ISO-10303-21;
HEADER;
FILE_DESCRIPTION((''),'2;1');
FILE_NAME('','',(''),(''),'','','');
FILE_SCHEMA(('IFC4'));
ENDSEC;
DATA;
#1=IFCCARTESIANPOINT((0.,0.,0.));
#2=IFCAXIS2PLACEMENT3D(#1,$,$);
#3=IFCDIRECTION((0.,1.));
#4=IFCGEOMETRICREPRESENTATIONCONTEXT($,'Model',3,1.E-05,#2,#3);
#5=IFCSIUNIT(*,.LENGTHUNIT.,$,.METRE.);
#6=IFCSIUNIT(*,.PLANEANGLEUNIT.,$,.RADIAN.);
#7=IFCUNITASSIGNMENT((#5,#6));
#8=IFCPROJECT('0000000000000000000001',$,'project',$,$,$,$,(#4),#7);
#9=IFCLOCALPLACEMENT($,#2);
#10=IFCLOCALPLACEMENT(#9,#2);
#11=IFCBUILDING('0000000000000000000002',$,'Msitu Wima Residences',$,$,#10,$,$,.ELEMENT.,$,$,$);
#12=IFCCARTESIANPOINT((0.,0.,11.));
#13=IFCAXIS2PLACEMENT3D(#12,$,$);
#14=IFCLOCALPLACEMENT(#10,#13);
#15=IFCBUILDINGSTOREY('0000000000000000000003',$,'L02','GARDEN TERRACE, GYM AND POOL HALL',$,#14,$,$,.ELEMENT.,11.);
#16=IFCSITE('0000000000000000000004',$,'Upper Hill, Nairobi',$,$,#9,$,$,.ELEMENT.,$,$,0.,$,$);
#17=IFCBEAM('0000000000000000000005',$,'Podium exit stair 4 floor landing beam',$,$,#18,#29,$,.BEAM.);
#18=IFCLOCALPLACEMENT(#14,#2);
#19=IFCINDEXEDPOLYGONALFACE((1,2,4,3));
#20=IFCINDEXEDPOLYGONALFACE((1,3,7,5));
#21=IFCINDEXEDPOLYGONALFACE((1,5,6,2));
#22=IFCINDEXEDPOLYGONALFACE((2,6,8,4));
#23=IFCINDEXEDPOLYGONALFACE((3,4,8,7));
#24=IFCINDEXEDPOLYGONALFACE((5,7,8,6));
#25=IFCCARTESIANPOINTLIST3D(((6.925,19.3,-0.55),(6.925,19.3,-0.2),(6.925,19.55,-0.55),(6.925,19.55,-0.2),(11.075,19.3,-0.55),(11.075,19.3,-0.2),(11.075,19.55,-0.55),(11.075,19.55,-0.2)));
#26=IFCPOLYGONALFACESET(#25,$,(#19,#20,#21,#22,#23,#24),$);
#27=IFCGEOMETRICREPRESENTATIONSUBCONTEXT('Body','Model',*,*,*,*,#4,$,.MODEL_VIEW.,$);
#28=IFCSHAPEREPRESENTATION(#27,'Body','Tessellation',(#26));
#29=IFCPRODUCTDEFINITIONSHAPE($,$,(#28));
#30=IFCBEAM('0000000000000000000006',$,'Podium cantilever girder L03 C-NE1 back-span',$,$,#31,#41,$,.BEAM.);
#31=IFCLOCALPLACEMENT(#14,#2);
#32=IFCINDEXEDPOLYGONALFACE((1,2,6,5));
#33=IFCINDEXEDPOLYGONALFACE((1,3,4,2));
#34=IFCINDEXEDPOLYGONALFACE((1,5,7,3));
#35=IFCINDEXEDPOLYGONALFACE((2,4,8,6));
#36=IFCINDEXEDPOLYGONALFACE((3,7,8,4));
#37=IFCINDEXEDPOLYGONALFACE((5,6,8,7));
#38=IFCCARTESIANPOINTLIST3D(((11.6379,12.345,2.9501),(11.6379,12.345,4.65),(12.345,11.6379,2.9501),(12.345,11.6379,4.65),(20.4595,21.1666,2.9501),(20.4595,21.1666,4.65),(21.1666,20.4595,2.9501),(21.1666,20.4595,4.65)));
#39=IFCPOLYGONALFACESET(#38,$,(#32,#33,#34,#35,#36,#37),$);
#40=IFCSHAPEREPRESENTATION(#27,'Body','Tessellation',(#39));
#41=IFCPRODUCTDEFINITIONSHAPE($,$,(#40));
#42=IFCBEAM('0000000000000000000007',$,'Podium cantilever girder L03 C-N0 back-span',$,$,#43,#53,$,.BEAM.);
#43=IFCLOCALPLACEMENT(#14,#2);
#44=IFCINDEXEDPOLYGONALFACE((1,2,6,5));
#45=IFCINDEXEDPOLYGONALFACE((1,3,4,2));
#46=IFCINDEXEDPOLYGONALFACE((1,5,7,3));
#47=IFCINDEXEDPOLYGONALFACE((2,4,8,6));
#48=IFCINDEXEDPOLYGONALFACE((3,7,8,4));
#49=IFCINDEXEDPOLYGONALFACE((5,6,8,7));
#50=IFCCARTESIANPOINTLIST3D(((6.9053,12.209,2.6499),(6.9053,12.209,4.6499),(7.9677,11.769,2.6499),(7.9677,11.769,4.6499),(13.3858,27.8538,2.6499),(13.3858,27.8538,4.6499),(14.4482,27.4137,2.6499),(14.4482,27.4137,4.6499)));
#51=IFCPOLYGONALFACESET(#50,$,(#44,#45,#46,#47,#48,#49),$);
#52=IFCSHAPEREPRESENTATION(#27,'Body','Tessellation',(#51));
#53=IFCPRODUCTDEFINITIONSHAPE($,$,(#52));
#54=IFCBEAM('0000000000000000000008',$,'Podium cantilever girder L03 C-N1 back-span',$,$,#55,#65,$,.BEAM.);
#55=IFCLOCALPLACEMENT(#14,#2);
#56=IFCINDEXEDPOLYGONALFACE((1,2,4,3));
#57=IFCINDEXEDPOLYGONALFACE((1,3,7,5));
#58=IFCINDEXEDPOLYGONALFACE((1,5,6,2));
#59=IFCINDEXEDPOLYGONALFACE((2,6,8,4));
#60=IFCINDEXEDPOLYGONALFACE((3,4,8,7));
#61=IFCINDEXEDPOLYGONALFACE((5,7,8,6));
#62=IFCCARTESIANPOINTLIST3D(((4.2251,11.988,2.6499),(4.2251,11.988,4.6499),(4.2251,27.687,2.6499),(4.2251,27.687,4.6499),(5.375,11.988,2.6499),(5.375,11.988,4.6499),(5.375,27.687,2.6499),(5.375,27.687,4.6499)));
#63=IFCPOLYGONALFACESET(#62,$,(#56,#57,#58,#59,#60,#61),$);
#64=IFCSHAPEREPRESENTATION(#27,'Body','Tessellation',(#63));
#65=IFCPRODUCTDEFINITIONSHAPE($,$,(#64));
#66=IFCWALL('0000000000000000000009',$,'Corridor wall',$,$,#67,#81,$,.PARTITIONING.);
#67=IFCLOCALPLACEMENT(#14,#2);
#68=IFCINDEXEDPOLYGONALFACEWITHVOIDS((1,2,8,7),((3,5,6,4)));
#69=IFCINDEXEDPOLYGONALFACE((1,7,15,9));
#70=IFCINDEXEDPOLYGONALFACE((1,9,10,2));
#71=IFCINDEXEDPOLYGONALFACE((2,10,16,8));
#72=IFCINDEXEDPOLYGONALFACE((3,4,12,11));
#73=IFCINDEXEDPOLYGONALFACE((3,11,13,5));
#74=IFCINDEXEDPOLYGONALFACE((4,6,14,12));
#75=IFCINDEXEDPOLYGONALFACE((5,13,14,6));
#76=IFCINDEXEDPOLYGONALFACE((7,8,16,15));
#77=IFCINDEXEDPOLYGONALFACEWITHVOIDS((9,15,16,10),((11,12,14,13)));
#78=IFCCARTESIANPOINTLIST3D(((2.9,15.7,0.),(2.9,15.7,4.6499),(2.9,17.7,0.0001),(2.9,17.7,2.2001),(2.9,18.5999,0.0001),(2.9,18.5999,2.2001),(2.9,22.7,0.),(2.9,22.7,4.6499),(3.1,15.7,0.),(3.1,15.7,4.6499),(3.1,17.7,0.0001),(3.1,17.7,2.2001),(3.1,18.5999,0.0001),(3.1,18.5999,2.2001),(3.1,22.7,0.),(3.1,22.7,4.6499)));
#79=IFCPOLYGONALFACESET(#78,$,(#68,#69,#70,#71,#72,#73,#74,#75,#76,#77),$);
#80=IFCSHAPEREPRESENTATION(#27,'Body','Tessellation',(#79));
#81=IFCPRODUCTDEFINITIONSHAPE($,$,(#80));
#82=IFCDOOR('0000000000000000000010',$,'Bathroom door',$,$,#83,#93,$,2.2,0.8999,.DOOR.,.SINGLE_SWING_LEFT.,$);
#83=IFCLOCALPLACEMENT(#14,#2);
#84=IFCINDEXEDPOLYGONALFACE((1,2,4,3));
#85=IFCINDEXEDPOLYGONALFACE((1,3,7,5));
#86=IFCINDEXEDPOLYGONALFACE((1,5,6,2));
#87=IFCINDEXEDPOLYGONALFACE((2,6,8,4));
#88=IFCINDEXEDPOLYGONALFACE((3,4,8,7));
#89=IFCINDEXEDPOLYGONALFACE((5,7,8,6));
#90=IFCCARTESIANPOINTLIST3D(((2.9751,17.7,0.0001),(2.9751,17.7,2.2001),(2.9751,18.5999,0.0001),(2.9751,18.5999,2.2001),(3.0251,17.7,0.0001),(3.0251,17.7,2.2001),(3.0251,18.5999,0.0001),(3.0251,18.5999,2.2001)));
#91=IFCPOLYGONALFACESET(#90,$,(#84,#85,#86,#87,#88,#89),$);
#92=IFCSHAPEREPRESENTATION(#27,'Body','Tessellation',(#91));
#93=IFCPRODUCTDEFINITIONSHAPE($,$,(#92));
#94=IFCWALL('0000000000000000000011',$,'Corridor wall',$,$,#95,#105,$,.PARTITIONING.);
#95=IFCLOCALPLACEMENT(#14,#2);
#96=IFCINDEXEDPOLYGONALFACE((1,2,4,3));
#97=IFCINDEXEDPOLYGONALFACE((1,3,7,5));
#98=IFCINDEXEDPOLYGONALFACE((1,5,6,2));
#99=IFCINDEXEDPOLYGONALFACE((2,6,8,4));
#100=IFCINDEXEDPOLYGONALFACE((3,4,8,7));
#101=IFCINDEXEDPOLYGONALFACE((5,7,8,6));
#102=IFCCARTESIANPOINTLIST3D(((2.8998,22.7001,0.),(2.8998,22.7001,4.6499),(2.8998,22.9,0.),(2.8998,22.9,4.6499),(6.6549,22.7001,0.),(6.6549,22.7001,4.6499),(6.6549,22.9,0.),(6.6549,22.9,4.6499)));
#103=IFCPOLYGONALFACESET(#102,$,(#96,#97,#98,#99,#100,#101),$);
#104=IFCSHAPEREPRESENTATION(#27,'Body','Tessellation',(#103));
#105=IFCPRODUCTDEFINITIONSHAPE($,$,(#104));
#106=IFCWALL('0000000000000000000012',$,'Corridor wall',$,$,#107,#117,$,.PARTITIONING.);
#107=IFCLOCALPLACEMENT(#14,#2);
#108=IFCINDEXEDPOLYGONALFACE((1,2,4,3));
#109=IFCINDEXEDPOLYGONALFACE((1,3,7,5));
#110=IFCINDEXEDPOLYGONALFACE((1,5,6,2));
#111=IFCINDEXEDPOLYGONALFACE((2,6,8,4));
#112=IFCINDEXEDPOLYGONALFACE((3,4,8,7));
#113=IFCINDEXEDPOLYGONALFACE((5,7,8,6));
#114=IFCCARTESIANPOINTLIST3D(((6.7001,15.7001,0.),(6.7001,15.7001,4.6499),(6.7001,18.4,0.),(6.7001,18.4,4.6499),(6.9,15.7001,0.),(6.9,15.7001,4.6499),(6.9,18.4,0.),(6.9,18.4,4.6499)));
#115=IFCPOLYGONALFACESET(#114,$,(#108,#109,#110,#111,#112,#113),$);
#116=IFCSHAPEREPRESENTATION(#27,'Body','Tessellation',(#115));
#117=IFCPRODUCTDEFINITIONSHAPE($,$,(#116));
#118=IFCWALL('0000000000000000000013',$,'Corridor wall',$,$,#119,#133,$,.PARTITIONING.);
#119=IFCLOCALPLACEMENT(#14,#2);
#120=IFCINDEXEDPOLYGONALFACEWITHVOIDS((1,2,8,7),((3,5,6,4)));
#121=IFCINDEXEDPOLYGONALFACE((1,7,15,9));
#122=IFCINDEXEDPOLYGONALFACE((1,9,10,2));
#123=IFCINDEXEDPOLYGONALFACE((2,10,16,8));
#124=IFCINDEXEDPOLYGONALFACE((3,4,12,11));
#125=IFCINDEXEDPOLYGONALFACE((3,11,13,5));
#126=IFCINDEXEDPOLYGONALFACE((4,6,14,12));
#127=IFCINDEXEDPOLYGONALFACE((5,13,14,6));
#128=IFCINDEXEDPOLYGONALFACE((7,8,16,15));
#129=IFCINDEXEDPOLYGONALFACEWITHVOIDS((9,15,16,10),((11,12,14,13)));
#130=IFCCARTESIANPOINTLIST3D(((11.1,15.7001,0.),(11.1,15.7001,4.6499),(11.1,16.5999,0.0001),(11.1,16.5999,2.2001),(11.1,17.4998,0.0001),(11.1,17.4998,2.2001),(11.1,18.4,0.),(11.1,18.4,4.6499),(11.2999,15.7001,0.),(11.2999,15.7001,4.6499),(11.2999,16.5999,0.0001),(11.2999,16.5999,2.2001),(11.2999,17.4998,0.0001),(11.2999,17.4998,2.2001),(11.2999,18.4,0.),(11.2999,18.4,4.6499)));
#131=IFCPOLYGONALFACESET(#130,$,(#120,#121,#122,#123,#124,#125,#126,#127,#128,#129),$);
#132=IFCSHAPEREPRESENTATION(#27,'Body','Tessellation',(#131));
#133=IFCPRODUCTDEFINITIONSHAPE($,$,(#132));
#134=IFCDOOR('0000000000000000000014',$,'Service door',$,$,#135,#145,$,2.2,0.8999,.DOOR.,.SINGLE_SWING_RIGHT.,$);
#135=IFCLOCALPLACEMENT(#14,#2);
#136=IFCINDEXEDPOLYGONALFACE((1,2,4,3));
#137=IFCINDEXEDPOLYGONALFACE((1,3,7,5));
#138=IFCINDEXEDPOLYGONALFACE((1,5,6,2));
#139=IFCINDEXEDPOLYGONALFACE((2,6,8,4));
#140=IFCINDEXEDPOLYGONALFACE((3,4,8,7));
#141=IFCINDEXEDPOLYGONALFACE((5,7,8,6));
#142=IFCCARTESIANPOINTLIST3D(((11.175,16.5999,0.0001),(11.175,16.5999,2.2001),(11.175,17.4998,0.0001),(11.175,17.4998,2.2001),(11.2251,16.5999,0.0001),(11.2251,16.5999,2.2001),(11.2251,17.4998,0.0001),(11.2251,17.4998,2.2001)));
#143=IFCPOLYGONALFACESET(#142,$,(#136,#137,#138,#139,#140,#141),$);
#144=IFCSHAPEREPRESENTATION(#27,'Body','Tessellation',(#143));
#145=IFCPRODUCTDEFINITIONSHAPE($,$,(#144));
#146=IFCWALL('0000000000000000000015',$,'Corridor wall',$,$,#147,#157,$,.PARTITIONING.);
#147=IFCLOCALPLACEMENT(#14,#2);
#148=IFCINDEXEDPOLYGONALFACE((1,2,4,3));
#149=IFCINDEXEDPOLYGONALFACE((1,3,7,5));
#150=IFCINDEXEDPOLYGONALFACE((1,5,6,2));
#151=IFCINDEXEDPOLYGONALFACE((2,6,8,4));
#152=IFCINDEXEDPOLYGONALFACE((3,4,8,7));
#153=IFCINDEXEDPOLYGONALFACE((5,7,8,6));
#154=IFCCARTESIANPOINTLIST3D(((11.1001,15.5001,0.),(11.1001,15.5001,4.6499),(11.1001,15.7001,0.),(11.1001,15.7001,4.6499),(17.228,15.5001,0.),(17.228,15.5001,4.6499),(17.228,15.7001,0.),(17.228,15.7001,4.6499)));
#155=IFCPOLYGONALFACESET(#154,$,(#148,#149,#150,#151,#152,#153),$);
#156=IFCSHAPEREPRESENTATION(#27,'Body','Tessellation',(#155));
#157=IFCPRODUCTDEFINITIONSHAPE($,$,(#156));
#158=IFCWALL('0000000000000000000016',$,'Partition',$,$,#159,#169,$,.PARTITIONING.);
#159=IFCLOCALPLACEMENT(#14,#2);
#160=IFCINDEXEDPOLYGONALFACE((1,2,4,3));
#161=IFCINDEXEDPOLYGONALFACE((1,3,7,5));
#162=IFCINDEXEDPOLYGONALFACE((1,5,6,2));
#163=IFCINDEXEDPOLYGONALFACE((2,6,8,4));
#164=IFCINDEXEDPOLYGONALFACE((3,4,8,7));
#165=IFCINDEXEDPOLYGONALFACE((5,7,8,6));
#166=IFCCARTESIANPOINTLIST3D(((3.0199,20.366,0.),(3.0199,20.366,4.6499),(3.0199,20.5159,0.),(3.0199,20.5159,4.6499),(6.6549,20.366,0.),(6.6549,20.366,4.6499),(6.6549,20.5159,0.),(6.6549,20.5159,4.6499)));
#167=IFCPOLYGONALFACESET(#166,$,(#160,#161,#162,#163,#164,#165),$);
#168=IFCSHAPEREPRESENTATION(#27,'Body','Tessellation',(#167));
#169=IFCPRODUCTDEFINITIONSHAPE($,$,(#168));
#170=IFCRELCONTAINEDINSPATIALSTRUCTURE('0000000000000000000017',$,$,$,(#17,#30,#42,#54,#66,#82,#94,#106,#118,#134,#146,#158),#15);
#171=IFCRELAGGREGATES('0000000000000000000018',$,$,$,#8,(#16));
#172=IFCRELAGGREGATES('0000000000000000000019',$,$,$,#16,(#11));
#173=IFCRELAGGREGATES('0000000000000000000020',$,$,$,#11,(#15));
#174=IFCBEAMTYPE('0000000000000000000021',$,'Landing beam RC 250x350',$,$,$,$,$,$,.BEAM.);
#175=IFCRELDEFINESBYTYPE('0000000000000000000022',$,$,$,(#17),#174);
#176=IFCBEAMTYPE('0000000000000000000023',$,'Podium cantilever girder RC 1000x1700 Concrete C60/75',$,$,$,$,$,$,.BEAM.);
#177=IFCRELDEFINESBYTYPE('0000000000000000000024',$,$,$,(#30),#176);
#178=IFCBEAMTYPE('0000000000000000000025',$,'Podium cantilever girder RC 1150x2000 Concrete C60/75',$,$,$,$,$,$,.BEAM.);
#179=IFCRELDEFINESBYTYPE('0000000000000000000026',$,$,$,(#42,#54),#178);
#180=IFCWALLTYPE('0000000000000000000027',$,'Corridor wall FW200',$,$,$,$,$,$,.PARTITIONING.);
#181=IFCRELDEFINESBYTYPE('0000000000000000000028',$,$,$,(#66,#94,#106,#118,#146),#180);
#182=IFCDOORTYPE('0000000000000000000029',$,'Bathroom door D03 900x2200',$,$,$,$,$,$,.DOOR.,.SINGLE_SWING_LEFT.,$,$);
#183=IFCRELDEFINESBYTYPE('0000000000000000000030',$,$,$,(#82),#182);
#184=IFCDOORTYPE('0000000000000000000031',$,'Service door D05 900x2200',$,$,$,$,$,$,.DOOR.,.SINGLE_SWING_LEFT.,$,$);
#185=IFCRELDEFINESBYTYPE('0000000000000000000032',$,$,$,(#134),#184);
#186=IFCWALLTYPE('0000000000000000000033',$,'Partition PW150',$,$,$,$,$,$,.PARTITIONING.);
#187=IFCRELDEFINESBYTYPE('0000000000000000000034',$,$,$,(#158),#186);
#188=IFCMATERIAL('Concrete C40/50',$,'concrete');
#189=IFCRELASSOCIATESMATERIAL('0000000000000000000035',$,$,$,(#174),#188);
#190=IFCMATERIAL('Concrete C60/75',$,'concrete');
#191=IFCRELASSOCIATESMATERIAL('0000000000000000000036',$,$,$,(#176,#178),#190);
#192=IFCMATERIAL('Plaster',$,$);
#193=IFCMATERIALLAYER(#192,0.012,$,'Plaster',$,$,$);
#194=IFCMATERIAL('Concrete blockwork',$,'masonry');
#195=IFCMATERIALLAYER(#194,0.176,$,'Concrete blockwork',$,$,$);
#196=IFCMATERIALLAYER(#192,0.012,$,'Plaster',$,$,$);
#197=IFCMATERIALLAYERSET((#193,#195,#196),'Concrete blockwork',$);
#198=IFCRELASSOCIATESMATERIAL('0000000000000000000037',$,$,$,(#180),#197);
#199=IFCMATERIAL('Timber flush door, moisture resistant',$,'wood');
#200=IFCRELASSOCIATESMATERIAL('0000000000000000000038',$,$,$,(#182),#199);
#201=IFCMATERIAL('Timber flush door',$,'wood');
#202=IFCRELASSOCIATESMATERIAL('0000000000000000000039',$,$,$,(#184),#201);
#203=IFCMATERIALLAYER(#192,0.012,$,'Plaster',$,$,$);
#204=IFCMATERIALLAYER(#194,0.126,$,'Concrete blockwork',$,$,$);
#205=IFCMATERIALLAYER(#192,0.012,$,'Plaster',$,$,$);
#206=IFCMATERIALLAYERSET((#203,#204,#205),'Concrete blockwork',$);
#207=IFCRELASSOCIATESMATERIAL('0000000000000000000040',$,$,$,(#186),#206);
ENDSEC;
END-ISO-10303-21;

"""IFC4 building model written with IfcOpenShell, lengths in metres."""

from ifc_helpers import new_model, si_unit, direction, frame, frame_2d, origin, origin_2d, place, context, subcontext, project, spatial, rectangle, extrude, material, layer, layer_set, material_profile, profile_set, type_object, element, fill, save


model = new_model("IFC4")

# Units and contexts
model_context = context("Model", 3, precision=1e-05, world=origin(), true_north=direction((0.0, 1.0)))
body_context = subcontext(model_context, "Body", "Model", "MODEL_VIEW")
ifc_project = project(units=[si_unit("LENGTHUNIT", "METRE"), si_unit("PLANEANGLEUNIT", "RADIAN")], contexts=[model_context])

# Site, building, storey
site_placement = place(None, origin())
site = spatial("IfcSite", under=ifc_project, at=site_placement, Name="Upper Hill, Nairobi", CompositionType="ELEMENT", RefElevation=0.0)
building_placement = place(site_placement, origin())
building = spatial("IfcBuilding", under=site, at=building_placement, Name="Msitu Wima Residences", CompositionType="ELEMENT")
storey_placement = place(building_placement, frame((0.0, 0.0, 11.0)))
storey = spatial("IfcBuildingStorey", under=building, at=storey_placement, Name="L02", Description="GARDEN TERRACE, GYM AND POOL HALL", CompositionType="ELEMENT", Elevation=11.0)

# Beams
ifc_material_1 = material(Name="Concrete C40/50", Category="concrete")
ifc_material_profile_1 = material_profile(ifc_material_1, rectangle(XDim=0.25, YDim=0.3501, at=origin_2d()), Name="RC 250x350")
ifc_profile_set_1 = profile_set([ifc_material_profile_1], Name="Concrete C40/50")
beam_type_1 = type_object("IfcBeamType", Name="Landing beam RC 250x350", PredefinedType="BEAM", material=ifc_profile_set_1)
beam_1_placement = place(storey_placement, frame((6.925, 19.425, -0.375), z_axis=(1.0, 0.0, 0.0), x_axis=(0.0, 1.0, 0.0)))
element("IfcBeam", 1, at=beam_1_placement, inside=storey, type_object=beam_type_1, Name="Podium exit stair 4 floor landing beam", PredefinedType="BEAM", context=body_context, shape_type="SweptSolid", body=[
    extrude(rectangle(XDim=0.25, YDim=0.3501, at=origin_2d()), origin(), (0.0, 0.0, 1.0), 4.1499),
])
ifc_material_2 = material(Name="Concrete C60/75", Category="concrete")
ifc_material_profile_2 = material_profile(ifc_material_2, rectangle(XDim=1.0, YDim=1.7, at=origin_2d()), Name="RC 1000x1700")
ifc_profile_set_2 = profile_set([ifc_material_profile_2], Name="Concrete C60/75")
beam_type_2 = type_object("IfcBeamType", Name="Podium cantilever girder RC 1000x1700 Concrete C60/75", PredefinedType="BEAM", material=ifc_profile_set_2)
beam_2_placement = place(storey_placement, frame((11.9915, 11.9915, 3.8), z_axis=(0.707107, 0.707107, 0.0), x_axis=(-0.707107, 0.707107, 0.0)))
element("IfcBeam", 2, at=beam_2_placement, inside=storey, type_object=beam_type_2, Name="Podium cantilever girder L03 C-NE1 back-span", PredefinedType="BEAM", context=body_context, shape_type="SweptSolid", body=[
    extrude(rectangle(XDim=1.0, YDim=1.7, at=origin_2d()), origin(), (0.0, 0.0, 1.0), 12.4756),
])
ifc_material_profile_3 = material_profile(ifc_material_2, rectangle(XDim=1.1499, YDim=2.0, at=origin_2d()), Name="RC 1150x2000")
ifc_profile_set_3 = profile_set([ifc_material_profile_3], Name="Concrete C60/75")
beam_type_3 = type_object("IfcBeamType", Name="Podium cantilever girder RC 1150x2000 Concrete C60/75", PredefinedType="BEAM", material=ifc_profile_set_3)
beam_3_placement = place(storey_placement, frame((7.4365, 11.989, 3.6499), z_axis=(0.382693, 0.923876, 0.0), x_axis=(-0.923876, 0.382693, 0.0)))
element("IfcBeam", 3, at=beam_3_placement, inside=storey, type_object=beam_type_3, Name="Podium cantilever girder L03 C-N0 back-span", PredefinedType="BEAM", context=body_context, shape_type="SweptSolid", body=[
    extrude(rectangle(XDim=1.1499, YDim=2.0, at=origin_2d()), origin(), (0.0, 0.0, 1.0), 16.9338),
])
beam_4_placement = place(storey_placement, frame((4.8, 11.988, 3.6499), z_axis=(0.0, 1.0, 0.0), x_axis=(-1.0, 0.0, 0.0)))
element("IfcBeam", 4, at=beam_4_placement, inside=storey, type_object=beam_type_3, Name="Podium cantilever girder L03 C-N1 back-span", PredefinedType="BEAM", context=body_context, shape_type="SweptSolid", body=[
    extrude(rectangle(XDim=1.1499, YDim=2.0, at=origin_2d()), origin(), (0.0, 0.0, 1.0), 15.699),
])

# Wall, opening, door
ifc_material_3 = material(Name="Plaster")
ifc_layer_1 = layer(ifc_material_3, 0.012, Name="Plaster")
ifc_material_4 = material(Name="Concrete blockwork", Category="masonry")
ifc_layer_2 = layer(ifc_material_4, 0.176, Name="Concrete blockwork")
ifc_layer_3 = layer(ifc_material_3, 0.012, Name="Plaster")
ifc_layer_set_1 = layer_set([ifc_layer_1, ifc_layer_2, ifc_layer_3], Name="Concrete blockwork")
wall_type_1 = type_object("IfcWallType", Name="Corridor wall FW200", PredefinedType="PARTITIONING", material=ifc_layer_set_1)
wall_1_placement = place(storey_placement, frame((3.0, 15.7, 0.0), z_axis=(0.0, 0.0, 1.0), x_axis=(0.0, 1.0, 0.0)))
wall_1 = element("IfcWall", 5, at=wall_1_placement, inside=storey, type_object=wall_type_1, Name="Corridor wall", PredefinedType="PARTITIONING", context=body_context, shape_type="SweptSolid", body=[
    extrude(rectangle(XDim=7.0, YDim=0.2, at=frame_2d((3.5, 0.0))), origin(), (0.0, 0.0, 1.0), 4.6499),
])
opening_1_placement = place(wall_1_placement, frame((2.0, 0.0, 0.0)))
opening_1 = element("IfcOpeningElement", 6, at=opening_1_placement, cuts=wall_1, PredefinedType="OPENING", context=body_context, shape_type="SweptSolid", body=[
    extrude(rectangle(XDim=0.8999, YDim=2.2, at=frame_2d((0.45, 1.1001))), frame((0.0, 0.1099, 0.0), z_axis=(0.0, -1.0, 0.0), x_axis=(1.0, 0.0, 0.0)), (0.0, 0.0, 1.0), 0.22),
])
ifc_material_5 = material(Name="Timber flush door, moisture resistant", Category="wood")
door_type_1 = type_object("IfcDoorType", Name="Bathroom door D03 900x2200", OperationType="SINGLE_SWING_LEFT", PredefinedType="DOOR", material=ifc_material_5)
door_1_placement = place(opening_1_placement, origin())
door_1 = element("IfcDoor", 7, at=door_1_placement, inside=storey, type_object=door_type_1, Name="Bathroom door", OperationType="SINGLE_SWING_LEFT", OverallHeight=2.2, OverallWidth=0.8999, PredefinedType="DOOR", context=body_context, shape_type="SweptSolid", body=[
    extrude(rectangle(XDim=0.8999, YDim=2.2, at=frame_2d((0.45, 1.1001))), frame((0.0, 0.0249, 0.0), z_axis=(0.0, -1.0, 0.0), x_axis=(1.0, 0.0, 0.0)), (0.0, 0.0, 1.0), 0.05),
])
fill(opening_1, door_1)

# Walls
wall_2_placement = place(storey_placement, frame((2.8999, 22.8, 0.0), z_axis=(0.0, 0.0, 1.0), x_axis=(1.0, 0.0, 0.0)))
element("IfcWall", 8, at=wall_2_placement, inside=storey, type_object=wall_type_1, Name="Corridor wall", PredefinedType="PARTITIONING", context=body_context, shape_type="SweptSolid", body=[
    extrude(rectangle(XDim=3.7551, YDim=0.2, at=frame_2d((1.8774, 0.0))), origin(), (0.0, 0.0, 1.0), 4.6499),
])
wall_3_placement = place(storey_placement, frame((6.8, 15.7, 0.0), z_axis=(0.0, 0.0, 1.0), x_axis=(0.0, 1.0, 0.0)))
element("IfcWall", 9, at=wall_3_placement, inside=storey, type_object=wall_type_1, Name="Corridor wall", PredefinedType="PARTITIONING", context=body_context, shape_type="SweptSolid", body=[
    extrude(rectangle(XDim=2.7, YDim=0.2, at=frame_2d((1.3501, 0.0))), origin(), (0.0, 0.0, 1.0), 4.6499),
])

# Wall, opening, door
wall_4_placement = place(storey_placement, frame((11.2, 15.7, 0.0), z_axis=(0.0, 0.0, 1.0), x_axis=(0.0, 1.0, 0.0)))
wall_4 = element("IfcWall", 10, at=wall_4_placement, inside=storey, type_object=wall_type_1, Name="Corridor wall", PredefinedType="PARTITIONING", context=body_context, shape_type="SweptSolid", body=[
    extrude(rectangle(XDim=2.7, YDim=0.2, at=frame_2d((1.3501, 0.0))), origin(), (0.0, 0.0, 1.0), 4.6499),
])
opening_2_placement = place(wall_4_placement, frame((0.8999, 0.0, 0.0)))
opening_2 = element("IfcOpeningElement", 11, at=opening_2_placement, cuts=wall_4, PredefinedType="OPENING", context=body_context, shape_type="SweptSolid", body=[
    extrude(rectangle(XDim=0.8999, YDim=2.2, at=frame_2d((0.45, 1.1001))), frame((0.0, 0.1099, 0.0), z_axis=(0.0, -1.0, 0.0), x_axis=(1.0, 0.0, 0.0)), (0.0, 0.0, 1.0), 0.22),
])
ifc_material_6 = material(Name="Timber flush door", Category="wood")
door_type_2 = type_object("IfcDoorType", Name="Service door D05 900x2200", OperationType="SINGLE_SWING_LEFT", PredefinedType="DOOR", material=ifc_material_6)
door_2_placement = place(opening_2_placement, origin())
door_2 = element("IfcDoor", 12, at=door_2_placement, inside=storey, type_object=door_type_2, Name="Service door", OperationType="SINGLE_SWING_RIGHT", OverallHeight=2.2, OverallWidth=0.8999, PredefinedType="DOOR", context=body_context, shape_type="SweptSolid", body=[
    extrude(rectangle(XDim=0.8999, YDim=2.2, at=frame_2d((0.45, 1.1001))), frame((0.0, 0.0249, 0.0), z_axis=(0.0, -1.0, 0.0), x_axis=(1.0, 0.0, 0.0)), (0.0, 0.0, 1.0), 0.05),
])
fill(opening_2, door_2)

# Walls
wall_5_placement = place(storey_placement, frame((11.1001, 15.6001, 0.0), z_axis=(0.0, 0.0, 1.0), x_axis=(1.0, 0.0, 0.0)))
element("IfcWall", 13, at=wall_5_placement, inside=storey, type_object=wall_type_1, Name="Corridor wall", PredefinedType="PARTITIONING", context=body_context, shape_type="SweptSolid", body=[
    extrude(rectangle(XDim=6.1279, YDim=0.2, at=frame_2d((3.064, 0.0))), origin(), (0.0, 0.0, 1.0), 4.6499),
])
ifc_layer_4 = layer(ifc_material_3, 0.012, Name="Plaster")
ifc_layer_5 = layer(ifc_material_4, 0.126, Name="Concrete blockwork")
ifc_layer_6 = layer(ifc_material_3, 0.012, Name="Plaster")
ifc_layer_set_2 = layer_set([ifc_layer_4, ifc_layer_5, ifc_layer_6], Name="Concrete blockwork")
wall_type_2 = type_object("IfcWallType", Name="Partition PW150", PredefinedType="PARTITIONING", material=ifc_layer_set_2)
wall_6_placement = place(storey_placement, frame((3.02, 20.4409, 0.0), z_axis=(0.0, 0.0, 1.0), x_axis=(1.0, 0.0, 0.0)))
element("IfcWall", 14, at=wall_6_placement, inside=storey, type_object=wall_type_2, Name="Partition", PredefinedType="PARTITIONING", context=body_context, shape_type="SweptSolid", body=[
    extrude(rectangle(XDim=3.635, YDim=0.1499, at=frame_2d((1.8174, 0.0))), origin(), (0.0, 0.0, 1.0), 4.6499),
])

save(model, "model.ifc")
